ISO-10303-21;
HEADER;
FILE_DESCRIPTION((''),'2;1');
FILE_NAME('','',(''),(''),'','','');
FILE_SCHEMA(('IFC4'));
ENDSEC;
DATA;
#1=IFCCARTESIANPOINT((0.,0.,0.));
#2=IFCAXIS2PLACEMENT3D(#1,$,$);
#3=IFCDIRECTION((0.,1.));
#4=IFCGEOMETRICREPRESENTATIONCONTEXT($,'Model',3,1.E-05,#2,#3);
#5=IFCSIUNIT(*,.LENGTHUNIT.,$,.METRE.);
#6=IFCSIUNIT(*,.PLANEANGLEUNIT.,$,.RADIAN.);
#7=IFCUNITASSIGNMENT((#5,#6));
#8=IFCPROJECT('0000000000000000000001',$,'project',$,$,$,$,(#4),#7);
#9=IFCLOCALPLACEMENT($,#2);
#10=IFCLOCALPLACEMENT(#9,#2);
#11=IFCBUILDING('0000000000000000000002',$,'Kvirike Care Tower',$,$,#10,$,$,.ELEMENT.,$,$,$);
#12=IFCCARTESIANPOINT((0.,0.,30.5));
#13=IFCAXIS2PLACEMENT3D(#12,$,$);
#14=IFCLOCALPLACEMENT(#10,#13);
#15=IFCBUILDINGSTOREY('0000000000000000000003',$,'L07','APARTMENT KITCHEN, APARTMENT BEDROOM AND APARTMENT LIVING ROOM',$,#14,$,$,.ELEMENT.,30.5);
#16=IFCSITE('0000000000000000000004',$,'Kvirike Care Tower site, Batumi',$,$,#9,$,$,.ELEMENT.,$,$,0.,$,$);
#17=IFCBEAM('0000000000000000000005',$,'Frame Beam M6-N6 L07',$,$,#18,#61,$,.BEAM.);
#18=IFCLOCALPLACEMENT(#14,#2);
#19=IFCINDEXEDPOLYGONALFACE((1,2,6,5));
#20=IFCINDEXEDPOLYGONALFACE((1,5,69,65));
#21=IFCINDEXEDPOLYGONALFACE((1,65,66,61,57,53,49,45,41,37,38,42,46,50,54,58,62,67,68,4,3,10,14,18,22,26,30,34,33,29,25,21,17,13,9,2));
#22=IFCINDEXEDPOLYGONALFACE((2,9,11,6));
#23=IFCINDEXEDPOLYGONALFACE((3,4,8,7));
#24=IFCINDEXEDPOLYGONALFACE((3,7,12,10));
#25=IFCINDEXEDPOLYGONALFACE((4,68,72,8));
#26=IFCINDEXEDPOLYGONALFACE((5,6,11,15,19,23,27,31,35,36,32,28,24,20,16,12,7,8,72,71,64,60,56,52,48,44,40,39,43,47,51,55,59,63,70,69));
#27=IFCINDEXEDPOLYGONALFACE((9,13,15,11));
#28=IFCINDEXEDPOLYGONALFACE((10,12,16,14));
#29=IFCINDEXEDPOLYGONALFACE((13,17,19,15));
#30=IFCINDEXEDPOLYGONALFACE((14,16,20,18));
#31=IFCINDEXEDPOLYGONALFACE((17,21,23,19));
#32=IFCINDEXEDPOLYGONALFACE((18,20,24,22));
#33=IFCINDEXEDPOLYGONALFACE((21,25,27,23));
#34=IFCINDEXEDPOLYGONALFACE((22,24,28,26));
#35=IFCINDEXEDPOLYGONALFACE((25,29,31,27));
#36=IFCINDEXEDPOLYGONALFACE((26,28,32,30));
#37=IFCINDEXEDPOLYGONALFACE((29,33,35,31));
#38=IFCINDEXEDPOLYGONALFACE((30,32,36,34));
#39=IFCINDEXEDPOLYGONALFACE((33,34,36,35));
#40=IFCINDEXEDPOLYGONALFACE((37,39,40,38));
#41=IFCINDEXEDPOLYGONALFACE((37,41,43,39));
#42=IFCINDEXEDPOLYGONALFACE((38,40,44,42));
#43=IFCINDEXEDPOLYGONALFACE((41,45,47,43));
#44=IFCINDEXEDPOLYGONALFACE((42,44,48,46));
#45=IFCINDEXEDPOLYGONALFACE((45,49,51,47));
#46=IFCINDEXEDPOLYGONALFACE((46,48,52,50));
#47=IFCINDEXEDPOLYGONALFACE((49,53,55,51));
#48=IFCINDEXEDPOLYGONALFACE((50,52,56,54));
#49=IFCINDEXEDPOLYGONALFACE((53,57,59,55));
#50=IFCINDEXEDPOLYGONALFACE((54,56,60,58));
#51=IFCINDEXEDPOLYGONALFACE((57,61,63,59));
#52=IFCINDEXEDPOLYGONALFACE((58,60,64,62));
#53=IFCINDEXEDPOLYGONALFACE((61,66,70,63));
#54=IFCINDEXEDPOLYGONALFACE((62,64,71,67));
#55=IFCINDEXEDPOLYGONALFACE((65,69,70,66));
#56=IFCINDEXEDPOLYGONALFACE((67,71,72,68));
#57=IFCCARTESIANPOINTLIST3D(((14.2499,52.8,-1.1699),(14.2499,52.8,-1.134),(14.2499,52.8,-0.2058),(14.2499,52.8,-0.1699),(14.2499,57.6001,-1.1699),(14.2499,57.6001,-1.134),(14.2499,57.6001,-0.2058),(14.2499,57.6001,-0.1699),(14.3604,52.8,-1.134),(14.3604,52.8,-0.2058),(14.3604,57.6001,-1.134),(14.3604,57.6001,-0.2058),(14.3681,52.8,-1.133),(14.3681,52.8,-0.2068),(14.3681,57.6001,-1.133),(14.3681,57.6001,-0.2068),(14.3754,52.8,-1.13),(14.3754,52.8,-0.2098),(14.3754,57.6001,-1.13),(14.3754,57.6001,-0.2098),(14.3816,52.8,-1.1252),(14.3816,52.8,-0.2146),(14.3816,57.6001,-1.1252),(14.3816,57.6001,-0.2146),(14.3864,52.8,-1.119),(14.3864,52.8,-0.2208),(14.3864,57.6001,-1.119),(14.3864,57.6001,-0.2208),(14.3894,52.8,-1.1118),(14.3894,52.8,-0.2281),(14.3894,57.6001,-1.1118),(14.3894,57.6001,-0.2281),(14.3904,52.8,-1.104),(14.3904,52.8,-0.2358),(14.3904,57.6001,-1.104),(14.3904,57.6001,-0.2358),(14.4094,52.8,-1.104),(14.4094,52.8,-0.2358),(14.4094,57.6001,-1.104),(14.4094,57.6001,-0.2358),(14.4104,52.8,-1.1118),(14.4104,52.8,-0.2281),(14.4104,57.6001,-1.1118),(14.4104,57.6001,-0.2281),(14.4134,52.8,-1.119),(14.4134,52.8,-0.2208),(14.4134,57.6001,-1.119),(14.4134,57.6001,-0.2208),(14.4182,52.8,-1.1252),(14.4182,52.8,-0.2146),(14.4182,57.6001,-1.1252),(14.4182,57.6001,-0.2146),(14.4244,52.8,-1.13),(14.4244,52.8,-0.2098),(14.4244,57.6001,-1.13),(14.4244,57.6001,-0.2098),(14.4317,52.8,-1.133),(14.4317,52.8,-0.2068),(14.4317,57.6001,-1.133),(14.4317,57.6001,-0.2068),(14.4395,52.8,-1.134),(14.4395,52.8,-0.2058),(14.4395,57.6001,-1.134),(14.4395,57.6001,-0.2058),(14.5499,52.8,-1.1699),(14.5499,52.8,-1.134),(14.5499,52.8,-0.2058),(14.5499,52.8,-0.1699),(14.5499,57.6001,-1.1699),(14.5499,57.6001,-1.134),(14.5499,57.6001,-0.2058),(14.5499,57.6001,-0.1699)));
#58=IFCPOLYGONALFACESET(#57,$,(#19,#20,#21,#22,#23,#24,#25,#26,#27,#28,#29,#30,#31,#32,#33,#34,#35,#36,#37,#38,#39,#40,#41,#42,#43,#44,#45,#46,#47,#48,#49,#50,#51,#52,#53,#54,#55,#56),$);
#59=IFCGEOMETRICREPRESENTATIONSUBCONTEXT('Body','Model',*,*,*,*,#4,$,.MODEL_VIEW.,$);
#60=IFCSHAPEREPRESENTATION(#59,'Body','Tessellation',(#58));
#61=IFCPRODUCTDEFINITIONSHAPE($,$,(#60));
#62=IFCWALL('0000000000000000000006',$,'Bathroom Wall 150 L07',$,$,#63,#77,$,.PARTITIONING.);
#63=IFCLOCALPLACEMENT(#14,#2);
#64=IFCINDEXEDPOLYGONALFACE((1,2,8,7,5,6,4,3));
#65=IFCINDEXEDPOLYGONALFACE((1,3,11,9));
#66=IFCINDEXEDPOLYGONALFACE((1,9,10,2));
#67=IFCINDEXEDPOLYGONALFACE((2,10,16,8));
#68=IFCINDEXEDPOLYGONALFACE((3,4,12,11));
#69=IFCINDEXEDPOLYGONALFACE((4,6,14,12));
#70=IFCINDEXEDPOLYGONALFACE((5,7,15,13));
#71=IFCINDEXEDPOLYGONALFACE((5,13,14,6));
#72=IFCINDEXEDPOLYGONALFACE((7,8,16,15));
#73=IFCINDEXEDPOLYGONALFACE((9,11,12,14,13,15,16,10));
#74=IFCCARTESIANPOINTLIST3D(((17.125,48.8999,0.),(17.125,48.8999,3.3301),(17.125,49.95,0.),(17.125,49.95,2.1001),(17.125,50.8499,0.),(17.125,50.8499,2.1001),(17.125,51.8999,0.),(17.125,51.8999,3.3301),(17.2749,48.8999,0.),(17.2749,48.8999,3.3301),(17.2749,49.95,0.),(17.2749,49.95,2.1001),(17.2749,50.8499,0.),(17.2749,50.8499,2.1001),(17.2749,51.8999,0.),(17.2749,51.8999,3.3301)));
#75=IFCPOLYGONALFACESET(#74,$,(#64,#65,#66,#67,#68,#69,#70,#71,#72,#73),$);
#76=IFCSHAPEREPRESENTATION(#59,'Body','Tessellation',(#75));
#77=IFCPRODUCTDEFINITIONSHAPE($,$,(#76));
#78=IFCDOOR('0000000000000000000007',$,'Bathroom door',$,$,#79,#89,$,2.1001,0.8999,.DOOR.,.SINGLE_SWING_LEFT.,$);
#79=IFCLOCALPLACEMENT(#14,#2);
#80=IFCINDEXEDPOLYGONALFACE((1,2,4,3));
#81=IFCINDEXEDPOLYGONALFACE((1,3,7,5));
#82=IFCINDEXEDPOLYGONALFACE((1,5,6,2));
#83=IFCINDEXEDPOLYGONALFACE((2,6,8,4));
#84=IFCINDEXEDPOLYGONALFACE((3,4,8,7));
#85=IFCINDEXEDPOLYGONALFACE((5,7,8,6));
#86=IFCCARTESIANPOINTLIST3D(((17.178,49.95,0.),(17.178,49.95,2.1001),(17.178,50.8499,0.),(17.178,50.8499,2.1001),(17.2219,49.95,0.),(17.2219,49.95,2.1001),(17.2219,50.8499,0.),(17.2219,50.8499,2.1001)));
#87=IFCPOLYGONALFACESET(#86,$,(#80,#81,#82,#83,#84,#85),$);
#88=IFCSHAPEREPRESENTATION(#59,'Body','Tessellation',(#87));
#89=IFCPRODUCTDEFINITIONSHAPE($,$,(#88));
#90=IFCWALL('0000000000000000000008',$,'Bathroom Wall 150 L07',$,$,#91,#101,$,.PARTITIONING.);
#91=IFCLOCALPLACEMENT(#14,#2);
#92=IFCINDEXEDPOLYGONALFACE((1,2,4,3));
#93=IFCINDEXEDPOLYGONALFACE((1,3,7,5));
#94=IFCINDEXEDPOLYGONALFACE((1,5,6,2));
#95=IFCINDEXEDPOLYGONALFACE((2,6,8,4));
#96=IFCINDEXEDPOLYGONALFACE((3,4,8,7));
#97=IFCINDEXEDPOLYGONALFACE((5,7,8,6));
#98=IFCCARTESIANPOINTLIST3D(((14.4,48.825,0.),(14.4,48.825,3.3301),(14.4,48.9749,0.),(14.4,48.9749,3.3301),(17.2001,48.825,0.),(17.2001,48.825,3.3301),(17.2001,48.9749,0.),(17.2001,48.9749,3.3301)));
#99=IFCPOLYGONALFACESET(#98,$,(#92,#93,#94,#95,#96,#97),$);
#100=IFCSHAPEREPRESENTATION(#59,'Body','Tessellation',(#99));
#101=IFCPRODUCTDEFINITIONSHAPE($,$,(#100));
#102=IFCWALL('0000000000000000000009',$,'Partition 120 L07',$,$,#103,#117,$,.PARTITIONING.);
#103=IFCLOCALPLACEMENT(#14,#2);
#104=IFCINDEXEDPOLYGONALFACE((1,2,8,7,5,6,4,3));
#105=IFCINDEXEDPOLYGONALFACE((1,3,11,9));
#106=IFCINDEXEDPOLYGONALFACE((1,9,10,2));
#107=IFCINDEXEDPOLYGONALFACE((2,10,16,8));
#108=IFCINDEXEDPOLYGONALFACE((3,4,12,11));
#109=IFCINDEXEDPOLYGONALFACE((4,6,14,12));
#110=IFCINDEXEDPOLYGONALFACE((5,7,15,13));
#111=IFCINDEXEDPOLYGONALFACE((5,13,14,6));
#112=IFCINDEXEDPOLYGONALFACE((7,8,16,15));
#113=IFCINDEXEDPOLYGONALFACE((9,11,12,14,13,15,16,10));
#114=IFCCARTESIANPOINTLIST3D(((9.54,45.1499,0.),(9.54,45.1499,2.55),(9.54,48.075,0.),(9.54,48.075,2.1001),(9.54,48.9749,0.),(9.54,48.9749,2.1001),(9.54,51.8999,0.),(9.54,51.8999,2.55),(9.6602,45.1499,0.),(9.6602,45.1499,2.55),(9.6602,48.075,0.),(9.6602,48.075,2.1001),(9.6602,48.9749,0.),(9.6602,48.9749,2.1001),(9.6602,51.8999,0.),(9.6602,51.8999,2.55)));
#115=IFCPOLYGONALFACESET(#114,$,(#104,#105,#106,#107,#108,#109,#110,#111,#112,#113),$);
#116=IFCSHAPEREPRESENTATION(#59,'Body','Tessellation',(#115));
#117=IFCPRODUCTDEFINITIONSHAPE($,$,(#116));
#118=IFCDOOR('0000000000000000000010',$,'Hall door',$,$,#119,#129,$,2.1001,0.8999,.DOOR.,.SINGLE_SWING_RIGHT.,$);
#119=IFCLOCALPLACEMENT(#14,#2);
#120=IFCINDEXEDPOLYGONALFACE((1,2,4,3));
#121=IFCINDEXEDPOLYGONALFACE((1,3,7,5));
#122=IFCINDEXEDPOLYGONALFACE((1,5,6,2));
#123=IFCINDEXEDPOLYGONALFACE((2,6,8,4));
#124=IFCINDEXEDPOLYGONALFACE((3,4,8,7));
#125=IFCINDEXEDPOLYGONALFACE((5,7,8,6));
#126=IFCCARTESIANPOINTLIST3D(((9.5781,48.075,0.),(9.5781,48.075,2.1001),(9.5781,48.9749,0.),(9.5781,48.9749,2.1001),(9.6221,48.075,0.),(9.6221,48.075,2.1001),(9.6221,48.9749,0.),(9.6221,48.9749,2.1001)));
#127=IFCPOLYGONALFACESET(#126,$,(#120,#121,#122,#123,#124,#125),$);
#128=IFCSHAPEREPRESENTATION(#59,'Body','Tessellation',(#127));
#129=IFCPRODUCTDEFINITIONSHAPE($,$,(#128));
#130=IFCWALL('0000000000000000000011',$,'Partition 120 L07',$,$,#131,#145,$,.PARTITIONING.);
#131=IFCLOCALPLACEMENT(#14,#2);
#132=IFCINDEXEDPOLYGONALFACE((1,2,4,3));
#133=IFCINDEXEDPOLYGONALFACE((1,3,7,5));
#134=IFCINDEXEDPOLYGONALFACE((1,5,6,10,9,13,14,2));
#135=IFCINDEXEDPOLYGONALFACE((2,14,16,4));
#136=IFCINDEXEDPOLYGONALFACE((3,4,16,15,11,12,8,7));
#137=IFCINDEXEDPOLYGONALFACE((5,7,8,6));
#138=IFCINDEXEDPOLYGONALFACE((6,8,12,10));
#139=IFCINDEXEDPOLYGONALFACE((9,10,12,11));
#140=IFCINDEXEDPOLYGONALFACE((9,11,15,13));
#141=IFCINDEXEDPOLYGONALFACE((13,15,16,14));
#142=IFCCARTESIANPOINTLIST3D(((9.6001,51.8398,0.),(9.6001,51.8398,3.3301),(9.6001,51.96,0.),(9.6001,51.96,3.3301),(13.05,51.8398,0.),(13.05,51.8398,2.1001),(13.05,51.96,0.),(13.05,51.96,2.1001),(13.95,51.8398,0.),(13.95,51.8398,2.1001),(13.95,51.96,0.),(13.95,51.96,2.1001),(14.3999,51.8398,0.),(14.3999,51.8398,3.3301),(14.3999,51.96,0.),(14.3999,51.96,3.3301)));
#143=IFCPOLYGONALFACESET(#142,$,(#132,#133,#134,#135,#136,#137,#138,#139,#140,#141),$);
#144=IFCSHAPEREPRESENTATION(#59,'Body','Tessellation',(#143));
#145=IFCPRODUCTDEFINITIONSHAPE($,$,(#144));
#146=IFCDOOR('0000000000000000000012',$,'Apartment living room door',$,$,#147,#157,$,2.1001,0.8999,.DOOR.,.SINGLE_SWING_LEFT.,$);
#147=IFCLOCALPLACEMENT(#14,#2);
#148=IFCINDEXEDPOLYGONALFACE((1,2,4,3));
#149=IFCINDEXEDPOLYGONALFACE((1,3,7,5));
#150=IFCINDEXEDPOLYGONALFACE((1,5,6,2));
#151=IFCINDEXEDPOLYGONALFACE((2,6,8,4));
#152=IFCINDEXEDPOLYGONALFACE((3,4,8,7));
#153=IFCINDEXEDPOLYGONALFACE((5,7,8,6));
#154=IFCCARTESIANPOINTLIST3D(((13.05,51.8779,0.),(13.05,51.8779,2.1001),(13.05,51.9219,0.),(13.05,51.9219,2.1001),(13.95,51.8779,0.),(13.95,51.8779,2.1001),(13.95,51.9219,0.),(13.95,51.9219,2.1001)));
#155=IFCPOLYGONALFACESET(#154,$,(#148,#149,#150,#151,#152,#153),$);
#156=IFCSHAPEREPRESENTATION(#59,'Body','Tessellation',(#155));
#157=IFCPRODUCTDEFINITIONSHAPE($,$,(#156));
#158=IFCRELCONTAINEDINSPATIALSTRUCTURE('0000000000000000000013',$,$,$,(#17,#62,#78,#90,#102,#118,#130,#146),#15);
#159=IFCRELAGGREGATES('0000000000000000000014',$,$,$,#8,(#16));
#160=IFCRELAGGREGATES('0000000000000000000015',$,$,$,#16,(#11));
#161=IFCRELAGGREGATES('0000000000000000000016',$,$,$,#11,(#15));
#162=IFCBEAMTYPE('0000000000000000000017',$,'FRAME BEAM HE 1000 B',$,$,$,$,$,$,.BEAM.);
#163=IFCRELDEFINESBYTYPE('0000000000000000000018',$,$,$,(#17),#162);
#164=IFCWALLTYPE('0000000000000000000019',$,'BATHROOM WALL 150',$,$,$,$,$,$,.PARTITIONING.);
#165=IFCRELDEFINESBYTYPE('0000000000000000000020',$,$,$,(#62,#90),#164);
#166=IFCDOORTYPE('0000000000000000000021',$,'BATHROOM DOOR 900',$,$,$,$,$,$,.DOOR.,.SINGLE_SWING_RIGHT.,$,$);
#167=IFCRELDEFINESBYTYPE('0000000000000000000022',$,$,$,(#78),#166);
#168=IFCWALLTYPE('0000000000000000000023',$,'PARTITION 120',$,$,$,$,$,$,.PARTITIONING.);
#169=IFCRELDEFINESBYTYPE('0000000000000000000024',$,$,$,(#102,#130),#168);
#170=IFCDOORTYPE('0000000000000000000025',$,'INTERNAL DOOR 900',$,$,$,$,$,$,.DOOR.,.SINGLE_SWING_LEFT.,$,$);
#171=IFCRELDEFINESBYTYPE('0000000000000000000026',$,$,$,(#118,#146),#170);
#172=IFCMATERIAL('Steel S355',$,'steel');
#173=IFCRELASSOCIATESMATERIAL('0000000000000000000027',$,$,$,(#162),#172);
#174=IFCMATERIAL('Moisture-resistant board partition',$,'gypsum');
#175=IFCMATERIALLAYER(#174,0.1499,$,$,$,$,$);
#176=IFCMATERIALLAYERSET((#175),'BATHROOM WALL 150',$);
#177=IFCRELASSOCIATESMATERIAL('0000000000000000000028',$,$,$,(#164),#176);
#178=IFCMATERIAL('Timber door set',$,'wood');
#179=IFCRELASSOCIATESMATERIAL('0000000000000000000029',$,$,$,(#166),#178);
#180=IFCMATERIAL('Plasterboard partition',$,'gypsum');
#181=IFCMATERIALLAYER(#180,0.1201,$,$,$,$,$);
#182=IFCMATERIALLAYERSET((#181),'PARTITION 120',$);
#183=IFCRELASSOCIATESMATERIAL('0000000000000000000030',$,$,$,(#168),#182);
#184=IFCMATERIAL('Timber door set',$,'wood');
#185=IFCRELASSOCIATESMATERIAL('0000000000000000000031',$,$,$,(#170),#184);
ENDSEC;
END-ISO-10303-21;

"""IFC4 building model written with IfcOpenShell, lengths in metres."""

from ifc_helpers import new_model, si_unit, direction, frame, frame_2d, origin, origin_2d, place, context, subcontext, project, spatial, rectangle, i_section, extrude, material, layer, layer_set, material_profile, profile_set, type_object, element, fill, save


model = new_model("IFC4")

# Units and contexts
model_context = context("Model", 3, precision=1e-05, world=origin(), true_north=direction((0.0, 1.0)))
body_context = subcontext(model_context, "Body", "Model", "MODEL_VIEW")
ifc_project = project(units=[si_unit("LENGTHUNIT", "METRE"), si_unit("PLANEANGLEUNIT", "RADIAN")], contexts=[model_context])

# Site, building, storey
site_placement = place(None, origin())
site = spatial("IfcSite", under=ifc_project, at=site_placement, Name="Kvirike Care Tower site, Batumi", CompositionType="ELEMENT", RefElevation=0.0)
building_placement = place(site_placement, origin())
building = spatial("IfcBuilding", under=site, at=building_placement, Name="Kvirike Care Tower", CompositionType="ELEMENT")
storey_placement = place(building_placement, frame((0.0, 0.0, 30.5)))
storey = spatial("IfcBuildingStorey", under=building, at=storey_placement, Name="L07", Description="APARTMENT KITCHEN, APARTMENT BEDROOM AND APARTMENT LIVING ROOM", CompositionType="ELEMENT", Elevation=30.5)

# Beam
ifc_material_1 = material(Name="Steel S355", Category="steel")
ifc_material_profile_1 = material_profile(ifc_material_1, i_section(OverallWidth=0.3, OverallDepth=1.0, WebThickness=0.019, FlangeThickness=0.0359, FilletRadius=0.03, at=origin_2d()), Name="HE 1000 B")
ifc_profile_set_1 = profile_set([ifc_material_profile_1], Name="Steel S355")
beam_type_1 = type_object("IfcBeamType", Name="FRAME BEAM HE 1000 B", PredefinedType="BEAM", material=ifc_profile_set_1)
for number, where, z_axis, x_axis, name in (
    (1, (14.3999, 52.8, -0.6699), (0.0, 1.0, 0.0), (-1.0, 0.0, 0.0), "Frame Beam M6-N6 L07"),
):
    element("IfcBeam", number, at=place(storey_placement, frame(where, z_axis=z_axis, x_axis=x_axis)), inside=storey, type_object=beam_type_1, Name=name, PredefinedType="BEAM", context=body_context, shape_type="SweptSolid", body=[
        extrude(i_section(OverallWidth=0.3, OverallDepth=1.0, WebThickness=0.019, FlangeThickness=0.0359, FilletRadius=0.03, at=origin_2d()), origin(), (0.0, 0.0, 1.0), 4.8),
    ])

# Wall, opening, door
ifc_material_2 = material(Name="Moisture-resistant board partition", Category="gypsum")
ifc_layer_1 = layer(ifc_material_2, 0.1499)
ifc_layer_set_1 = layer_set([ifc_layer_1], Name="BATHROOM WALL 150")
wall_type_1 = type_object("IfcWallType", Name="BATHROOM WALL 150", PredefinedType="PARTITIONING", material=ifc_layer_set_1)
wall_1_placement = place(storey_placement, frame((17.2, 51.8999, 0.0), z_axis=(0.0, 0.0, 1.0), x_axis=(0.0, -1.0, 0.0)))
wall_1 = element("IfcWall", 2, at=wall_1_placement, inside=storey, type_object=wall_type_1, Name="Bathroom Wall 150 L07", PredefinedType="PARTITIONING", context=body_context, shape_type="SweptSolid", body=[
    extrude(rectangle(XDim=3.0, YDim=0.1499, at=frame_2d((1.5, 0.0))), origin(), (0.0, 0.0, 1.0), 3.3301),
])
opening_1_placement = place(wall_1_placement, frame((1.05, 0.0, 0.0)))
opening_1 = element("IfcOpeningElement", 3, at=opening_1_placement, cuts=wall_1, PredefinedType="OPENING", context=body_context, shape_type="SweptSolid", body=[
    extrude(rectangle(XDim=0.8999, YDim=2.1001, at=frame_2d((0.45, 1.05))), frame((0.0, 0.0854, 0.0), z_axis=(0.0, -1.0, 0.0), x_axis=(1.0, 0.0, 0.0)), (0.0, 0.0, 1.0), 0.1709),
])
ifc_material_3 = material(Name="Timber door set", Category="wood")
door_type_1 = type_object("IfcDoorType", Name="BATHROOM DOOR 900", OperationType="SINGLE_SWING_RIGHT", PredefinedType="DOOR", material=ifc_material_3)
door_1_placement = place(opening_1_placement, frame((0.8999, 0.0, 0.0), z_axis=(0.0, 0.0, 1.0), x_axis=(-1.0, 0.0, 0.0)))
door_1 = element("IfcDoor", 4, at=door_1_placement, inside=storey, type_object=door_type_1, Name="Bathroom door", OperationType="SINGLE_SWING_LEFT", OverallHeight=2.1001, OverallWidth=0.8999, PredefinedType="DOOR", context=body_context, shape_type="SweptSolid", body=[
    extrude(rectangle(XDim=0.8999, YDim=2.1001, at=frame_2d((0.45, 1.05))), frame((0.0, 0.022, 0.0), z_axis=(0.0, -1.0, 0.0), x_axis=(1.0, 0.0, 0.0)), (0.0, 0.0, 1.0), 0.0439),
])
fill(opening_1, door_1)

# Wall
wall_2_placement = place(storey_placement, frame((17.2, 48.8999, 0.0), z_axis=(0.0, 0.0, 1.0), x_axis=(-1.0, 0.0, 0.0)))
element("IfcWall", 5, at=wall_2_placement, inside=storey, type_object=wall_type_1, Name="Bathroom Wall 150 L07", PredefinedType="PARTITIONING", context=body_context, shape_type="SweptSolid", body=[
    extrude(rectangle(XDim=2.8, YDim=0.1499, at=frame_2d((1.3999, 0.0))), origin(), (0.0, 0.0, 1.0), 3.3301),
])

# Walls, openings, doors
ifc_material_4 = material(Name="Plasterboard partition", Category="gypsum")
ifc_layer_2 = layer(ifc_material_4, 0.1201)
ifc_layer_set_2 = layer_set([ifc_layer_2], Name="PARTITION 120")
wall_type_2 = type_object("IfcWallType", Name="PARTITION 120", PredefinedType="PARTITIONING", material=ifc_layer_set_2)
wall_3_placement = place(storey_placement, frame((9.6001, 51.8999, 0.0), z_axis=(0.0, 0.0, 1.0), x_axis=(0.0, -1.0, 0.0)))
wall_3 = element("IfcWall", 6, at=wall_3_placement, inside=storey, type_object=wall_type_2, Name="Partition 120 L07", PredefinedType="PARTITIONING", context=body_context, shape_type="SweptSolid", body=[
    extrude(rectangle(XDim=6.75, YDim=0.1201, at=frame_2d((3.375, 0.0))), origin(), (0.0, 0.0, 1.0), 2.55),
])
opening_2_placement = place(wall_3_placement, frame((2.925, 0.0, 0.0)))
opening_2 = element("IfcOpeningElement", 7, at=opening_2_placement, cuts=wall_3, PredefinedType="OPENING", context=body_context, shape_type="SweptSolid", body=[
    extrude(rectangle(XDim=0.8999, YDim=2.1001, at=frame_2d((0.45, 1.05))), frame((0.0, 0.0706, 0.0), z_axis=(0.0, -1.0, 0.0), x_axis=(1.0, 0.0, 0.0)), (0.0, 0.0, 1.0), 0.1411),
])
ifc_material_5 = material(Name="Timber door set", Category="wood")
door_type_2 = type_object("IfcDoorType", Name="INTERNAL DOOR 900", OperationType="SINGLE_SWING_LEFT", PredefinedType="DOOR", material=ifc_material_5)
door_2_placement = place(opening_2_placement, frame((0.8999, 0.0, 0.0), z_axis=(0.0, 0.0, 1.0), x_axis=(-1.0, 0.0, 0.0)))
door_2 = element("IfcDoor", 8, at=door_2_placement, inside=storey, type_object=door_type_2, Name="Hall door", OperationType="SINGLE_SWING_RIGHT", OverallHeight=2.1001, OverallWidth=0.8999, PredefinedType="DOOR", context=body_context, shape_type="SweptSolid", body=[
    extrude(rectangle(XDim=0.8999, YDim=2.1001, at=frame_2d((0.45, 1.05))), frame((0.0, 0.022, 0.0), z_axis=(0.0, -1.0, 0.0), x_axis=(1.0, 0.0, 0.0)), (0.0, 0.0, 1.0), 0.0439),
])
fill(opening_2, door_2)
wall_4_placement = place(storey_placement, frame((14.3999, 51.8999, 0.0), z_axis=(0.0, 0.0, 1.0), x_axis=(-1.0, 0.0, 0.0)))
wall_4 = element("IfcWall", 9, at=wall_4_placement, inside=storey, type_object=wall_type_2, Name="Partition 120 L07", PredefinedType="PARTITIONING", context=body_context, shape_type="SweptSolid", body=[
    extrude(rectangle(XDim=4.7998, YDim=0.1201, at=frame_2d((2.3999, 0.0))), origin(), (0.0, 0.0, 1.0), 3.3301),
])
opening_3_placement = place(wall_4_placement, frame((0.45, 0.0, 0.0)))
opening_3 = element("IfcOpeningElement", 10, at=opening_3_placement, cuts=wall_4, PredefinedType="OPENING", context=body_context, shape_type="SweptSolid", body=[
    extrude(rectangle(XDim=0.8999, YDim=2.1001, at=frame_2d((0.45, 1.05))), frame((0.0, 0.0706, 0.0), z_axis=(0.0, -1.0, 0.0), x_axis=(1.0, 0.0, 0.0)), (0.0, 0.0, 1.0), 0.1411),
])
door_3_placement = place(opening_3_placement, frame((0.8999, 0.0, 0.0), z_axis=(0.0, 0.0, 1.0), x_axis=(-1.0, 0.0, 0.0)))
door_3 = element("IfcDoor", 11, at=door_3_placement, inside=storey, type_object=door_type_2, Name="Apartment living room door", OperationType="SINGLE_SWING_LEFT", OverallHeight=2.1001, OverallWidth=0.8999, PredefinedType="DOOR", context=body_context, shape_type="SweptSolid", body=[
    extrude(rectangle(XDim=0.8999, YDim=2.1001, at=frame_2d((0.45, 1.05))), frame((0.0, 0.022, 0.0), z_axis=(0.0, -1.0, 0.0), x_axis=(1.0, 0.0, 0.0)), (0.0, 0.0, 1.0), 0.0439),
])
fill(opening_3, door_3)

save(model, "model.ifc")
